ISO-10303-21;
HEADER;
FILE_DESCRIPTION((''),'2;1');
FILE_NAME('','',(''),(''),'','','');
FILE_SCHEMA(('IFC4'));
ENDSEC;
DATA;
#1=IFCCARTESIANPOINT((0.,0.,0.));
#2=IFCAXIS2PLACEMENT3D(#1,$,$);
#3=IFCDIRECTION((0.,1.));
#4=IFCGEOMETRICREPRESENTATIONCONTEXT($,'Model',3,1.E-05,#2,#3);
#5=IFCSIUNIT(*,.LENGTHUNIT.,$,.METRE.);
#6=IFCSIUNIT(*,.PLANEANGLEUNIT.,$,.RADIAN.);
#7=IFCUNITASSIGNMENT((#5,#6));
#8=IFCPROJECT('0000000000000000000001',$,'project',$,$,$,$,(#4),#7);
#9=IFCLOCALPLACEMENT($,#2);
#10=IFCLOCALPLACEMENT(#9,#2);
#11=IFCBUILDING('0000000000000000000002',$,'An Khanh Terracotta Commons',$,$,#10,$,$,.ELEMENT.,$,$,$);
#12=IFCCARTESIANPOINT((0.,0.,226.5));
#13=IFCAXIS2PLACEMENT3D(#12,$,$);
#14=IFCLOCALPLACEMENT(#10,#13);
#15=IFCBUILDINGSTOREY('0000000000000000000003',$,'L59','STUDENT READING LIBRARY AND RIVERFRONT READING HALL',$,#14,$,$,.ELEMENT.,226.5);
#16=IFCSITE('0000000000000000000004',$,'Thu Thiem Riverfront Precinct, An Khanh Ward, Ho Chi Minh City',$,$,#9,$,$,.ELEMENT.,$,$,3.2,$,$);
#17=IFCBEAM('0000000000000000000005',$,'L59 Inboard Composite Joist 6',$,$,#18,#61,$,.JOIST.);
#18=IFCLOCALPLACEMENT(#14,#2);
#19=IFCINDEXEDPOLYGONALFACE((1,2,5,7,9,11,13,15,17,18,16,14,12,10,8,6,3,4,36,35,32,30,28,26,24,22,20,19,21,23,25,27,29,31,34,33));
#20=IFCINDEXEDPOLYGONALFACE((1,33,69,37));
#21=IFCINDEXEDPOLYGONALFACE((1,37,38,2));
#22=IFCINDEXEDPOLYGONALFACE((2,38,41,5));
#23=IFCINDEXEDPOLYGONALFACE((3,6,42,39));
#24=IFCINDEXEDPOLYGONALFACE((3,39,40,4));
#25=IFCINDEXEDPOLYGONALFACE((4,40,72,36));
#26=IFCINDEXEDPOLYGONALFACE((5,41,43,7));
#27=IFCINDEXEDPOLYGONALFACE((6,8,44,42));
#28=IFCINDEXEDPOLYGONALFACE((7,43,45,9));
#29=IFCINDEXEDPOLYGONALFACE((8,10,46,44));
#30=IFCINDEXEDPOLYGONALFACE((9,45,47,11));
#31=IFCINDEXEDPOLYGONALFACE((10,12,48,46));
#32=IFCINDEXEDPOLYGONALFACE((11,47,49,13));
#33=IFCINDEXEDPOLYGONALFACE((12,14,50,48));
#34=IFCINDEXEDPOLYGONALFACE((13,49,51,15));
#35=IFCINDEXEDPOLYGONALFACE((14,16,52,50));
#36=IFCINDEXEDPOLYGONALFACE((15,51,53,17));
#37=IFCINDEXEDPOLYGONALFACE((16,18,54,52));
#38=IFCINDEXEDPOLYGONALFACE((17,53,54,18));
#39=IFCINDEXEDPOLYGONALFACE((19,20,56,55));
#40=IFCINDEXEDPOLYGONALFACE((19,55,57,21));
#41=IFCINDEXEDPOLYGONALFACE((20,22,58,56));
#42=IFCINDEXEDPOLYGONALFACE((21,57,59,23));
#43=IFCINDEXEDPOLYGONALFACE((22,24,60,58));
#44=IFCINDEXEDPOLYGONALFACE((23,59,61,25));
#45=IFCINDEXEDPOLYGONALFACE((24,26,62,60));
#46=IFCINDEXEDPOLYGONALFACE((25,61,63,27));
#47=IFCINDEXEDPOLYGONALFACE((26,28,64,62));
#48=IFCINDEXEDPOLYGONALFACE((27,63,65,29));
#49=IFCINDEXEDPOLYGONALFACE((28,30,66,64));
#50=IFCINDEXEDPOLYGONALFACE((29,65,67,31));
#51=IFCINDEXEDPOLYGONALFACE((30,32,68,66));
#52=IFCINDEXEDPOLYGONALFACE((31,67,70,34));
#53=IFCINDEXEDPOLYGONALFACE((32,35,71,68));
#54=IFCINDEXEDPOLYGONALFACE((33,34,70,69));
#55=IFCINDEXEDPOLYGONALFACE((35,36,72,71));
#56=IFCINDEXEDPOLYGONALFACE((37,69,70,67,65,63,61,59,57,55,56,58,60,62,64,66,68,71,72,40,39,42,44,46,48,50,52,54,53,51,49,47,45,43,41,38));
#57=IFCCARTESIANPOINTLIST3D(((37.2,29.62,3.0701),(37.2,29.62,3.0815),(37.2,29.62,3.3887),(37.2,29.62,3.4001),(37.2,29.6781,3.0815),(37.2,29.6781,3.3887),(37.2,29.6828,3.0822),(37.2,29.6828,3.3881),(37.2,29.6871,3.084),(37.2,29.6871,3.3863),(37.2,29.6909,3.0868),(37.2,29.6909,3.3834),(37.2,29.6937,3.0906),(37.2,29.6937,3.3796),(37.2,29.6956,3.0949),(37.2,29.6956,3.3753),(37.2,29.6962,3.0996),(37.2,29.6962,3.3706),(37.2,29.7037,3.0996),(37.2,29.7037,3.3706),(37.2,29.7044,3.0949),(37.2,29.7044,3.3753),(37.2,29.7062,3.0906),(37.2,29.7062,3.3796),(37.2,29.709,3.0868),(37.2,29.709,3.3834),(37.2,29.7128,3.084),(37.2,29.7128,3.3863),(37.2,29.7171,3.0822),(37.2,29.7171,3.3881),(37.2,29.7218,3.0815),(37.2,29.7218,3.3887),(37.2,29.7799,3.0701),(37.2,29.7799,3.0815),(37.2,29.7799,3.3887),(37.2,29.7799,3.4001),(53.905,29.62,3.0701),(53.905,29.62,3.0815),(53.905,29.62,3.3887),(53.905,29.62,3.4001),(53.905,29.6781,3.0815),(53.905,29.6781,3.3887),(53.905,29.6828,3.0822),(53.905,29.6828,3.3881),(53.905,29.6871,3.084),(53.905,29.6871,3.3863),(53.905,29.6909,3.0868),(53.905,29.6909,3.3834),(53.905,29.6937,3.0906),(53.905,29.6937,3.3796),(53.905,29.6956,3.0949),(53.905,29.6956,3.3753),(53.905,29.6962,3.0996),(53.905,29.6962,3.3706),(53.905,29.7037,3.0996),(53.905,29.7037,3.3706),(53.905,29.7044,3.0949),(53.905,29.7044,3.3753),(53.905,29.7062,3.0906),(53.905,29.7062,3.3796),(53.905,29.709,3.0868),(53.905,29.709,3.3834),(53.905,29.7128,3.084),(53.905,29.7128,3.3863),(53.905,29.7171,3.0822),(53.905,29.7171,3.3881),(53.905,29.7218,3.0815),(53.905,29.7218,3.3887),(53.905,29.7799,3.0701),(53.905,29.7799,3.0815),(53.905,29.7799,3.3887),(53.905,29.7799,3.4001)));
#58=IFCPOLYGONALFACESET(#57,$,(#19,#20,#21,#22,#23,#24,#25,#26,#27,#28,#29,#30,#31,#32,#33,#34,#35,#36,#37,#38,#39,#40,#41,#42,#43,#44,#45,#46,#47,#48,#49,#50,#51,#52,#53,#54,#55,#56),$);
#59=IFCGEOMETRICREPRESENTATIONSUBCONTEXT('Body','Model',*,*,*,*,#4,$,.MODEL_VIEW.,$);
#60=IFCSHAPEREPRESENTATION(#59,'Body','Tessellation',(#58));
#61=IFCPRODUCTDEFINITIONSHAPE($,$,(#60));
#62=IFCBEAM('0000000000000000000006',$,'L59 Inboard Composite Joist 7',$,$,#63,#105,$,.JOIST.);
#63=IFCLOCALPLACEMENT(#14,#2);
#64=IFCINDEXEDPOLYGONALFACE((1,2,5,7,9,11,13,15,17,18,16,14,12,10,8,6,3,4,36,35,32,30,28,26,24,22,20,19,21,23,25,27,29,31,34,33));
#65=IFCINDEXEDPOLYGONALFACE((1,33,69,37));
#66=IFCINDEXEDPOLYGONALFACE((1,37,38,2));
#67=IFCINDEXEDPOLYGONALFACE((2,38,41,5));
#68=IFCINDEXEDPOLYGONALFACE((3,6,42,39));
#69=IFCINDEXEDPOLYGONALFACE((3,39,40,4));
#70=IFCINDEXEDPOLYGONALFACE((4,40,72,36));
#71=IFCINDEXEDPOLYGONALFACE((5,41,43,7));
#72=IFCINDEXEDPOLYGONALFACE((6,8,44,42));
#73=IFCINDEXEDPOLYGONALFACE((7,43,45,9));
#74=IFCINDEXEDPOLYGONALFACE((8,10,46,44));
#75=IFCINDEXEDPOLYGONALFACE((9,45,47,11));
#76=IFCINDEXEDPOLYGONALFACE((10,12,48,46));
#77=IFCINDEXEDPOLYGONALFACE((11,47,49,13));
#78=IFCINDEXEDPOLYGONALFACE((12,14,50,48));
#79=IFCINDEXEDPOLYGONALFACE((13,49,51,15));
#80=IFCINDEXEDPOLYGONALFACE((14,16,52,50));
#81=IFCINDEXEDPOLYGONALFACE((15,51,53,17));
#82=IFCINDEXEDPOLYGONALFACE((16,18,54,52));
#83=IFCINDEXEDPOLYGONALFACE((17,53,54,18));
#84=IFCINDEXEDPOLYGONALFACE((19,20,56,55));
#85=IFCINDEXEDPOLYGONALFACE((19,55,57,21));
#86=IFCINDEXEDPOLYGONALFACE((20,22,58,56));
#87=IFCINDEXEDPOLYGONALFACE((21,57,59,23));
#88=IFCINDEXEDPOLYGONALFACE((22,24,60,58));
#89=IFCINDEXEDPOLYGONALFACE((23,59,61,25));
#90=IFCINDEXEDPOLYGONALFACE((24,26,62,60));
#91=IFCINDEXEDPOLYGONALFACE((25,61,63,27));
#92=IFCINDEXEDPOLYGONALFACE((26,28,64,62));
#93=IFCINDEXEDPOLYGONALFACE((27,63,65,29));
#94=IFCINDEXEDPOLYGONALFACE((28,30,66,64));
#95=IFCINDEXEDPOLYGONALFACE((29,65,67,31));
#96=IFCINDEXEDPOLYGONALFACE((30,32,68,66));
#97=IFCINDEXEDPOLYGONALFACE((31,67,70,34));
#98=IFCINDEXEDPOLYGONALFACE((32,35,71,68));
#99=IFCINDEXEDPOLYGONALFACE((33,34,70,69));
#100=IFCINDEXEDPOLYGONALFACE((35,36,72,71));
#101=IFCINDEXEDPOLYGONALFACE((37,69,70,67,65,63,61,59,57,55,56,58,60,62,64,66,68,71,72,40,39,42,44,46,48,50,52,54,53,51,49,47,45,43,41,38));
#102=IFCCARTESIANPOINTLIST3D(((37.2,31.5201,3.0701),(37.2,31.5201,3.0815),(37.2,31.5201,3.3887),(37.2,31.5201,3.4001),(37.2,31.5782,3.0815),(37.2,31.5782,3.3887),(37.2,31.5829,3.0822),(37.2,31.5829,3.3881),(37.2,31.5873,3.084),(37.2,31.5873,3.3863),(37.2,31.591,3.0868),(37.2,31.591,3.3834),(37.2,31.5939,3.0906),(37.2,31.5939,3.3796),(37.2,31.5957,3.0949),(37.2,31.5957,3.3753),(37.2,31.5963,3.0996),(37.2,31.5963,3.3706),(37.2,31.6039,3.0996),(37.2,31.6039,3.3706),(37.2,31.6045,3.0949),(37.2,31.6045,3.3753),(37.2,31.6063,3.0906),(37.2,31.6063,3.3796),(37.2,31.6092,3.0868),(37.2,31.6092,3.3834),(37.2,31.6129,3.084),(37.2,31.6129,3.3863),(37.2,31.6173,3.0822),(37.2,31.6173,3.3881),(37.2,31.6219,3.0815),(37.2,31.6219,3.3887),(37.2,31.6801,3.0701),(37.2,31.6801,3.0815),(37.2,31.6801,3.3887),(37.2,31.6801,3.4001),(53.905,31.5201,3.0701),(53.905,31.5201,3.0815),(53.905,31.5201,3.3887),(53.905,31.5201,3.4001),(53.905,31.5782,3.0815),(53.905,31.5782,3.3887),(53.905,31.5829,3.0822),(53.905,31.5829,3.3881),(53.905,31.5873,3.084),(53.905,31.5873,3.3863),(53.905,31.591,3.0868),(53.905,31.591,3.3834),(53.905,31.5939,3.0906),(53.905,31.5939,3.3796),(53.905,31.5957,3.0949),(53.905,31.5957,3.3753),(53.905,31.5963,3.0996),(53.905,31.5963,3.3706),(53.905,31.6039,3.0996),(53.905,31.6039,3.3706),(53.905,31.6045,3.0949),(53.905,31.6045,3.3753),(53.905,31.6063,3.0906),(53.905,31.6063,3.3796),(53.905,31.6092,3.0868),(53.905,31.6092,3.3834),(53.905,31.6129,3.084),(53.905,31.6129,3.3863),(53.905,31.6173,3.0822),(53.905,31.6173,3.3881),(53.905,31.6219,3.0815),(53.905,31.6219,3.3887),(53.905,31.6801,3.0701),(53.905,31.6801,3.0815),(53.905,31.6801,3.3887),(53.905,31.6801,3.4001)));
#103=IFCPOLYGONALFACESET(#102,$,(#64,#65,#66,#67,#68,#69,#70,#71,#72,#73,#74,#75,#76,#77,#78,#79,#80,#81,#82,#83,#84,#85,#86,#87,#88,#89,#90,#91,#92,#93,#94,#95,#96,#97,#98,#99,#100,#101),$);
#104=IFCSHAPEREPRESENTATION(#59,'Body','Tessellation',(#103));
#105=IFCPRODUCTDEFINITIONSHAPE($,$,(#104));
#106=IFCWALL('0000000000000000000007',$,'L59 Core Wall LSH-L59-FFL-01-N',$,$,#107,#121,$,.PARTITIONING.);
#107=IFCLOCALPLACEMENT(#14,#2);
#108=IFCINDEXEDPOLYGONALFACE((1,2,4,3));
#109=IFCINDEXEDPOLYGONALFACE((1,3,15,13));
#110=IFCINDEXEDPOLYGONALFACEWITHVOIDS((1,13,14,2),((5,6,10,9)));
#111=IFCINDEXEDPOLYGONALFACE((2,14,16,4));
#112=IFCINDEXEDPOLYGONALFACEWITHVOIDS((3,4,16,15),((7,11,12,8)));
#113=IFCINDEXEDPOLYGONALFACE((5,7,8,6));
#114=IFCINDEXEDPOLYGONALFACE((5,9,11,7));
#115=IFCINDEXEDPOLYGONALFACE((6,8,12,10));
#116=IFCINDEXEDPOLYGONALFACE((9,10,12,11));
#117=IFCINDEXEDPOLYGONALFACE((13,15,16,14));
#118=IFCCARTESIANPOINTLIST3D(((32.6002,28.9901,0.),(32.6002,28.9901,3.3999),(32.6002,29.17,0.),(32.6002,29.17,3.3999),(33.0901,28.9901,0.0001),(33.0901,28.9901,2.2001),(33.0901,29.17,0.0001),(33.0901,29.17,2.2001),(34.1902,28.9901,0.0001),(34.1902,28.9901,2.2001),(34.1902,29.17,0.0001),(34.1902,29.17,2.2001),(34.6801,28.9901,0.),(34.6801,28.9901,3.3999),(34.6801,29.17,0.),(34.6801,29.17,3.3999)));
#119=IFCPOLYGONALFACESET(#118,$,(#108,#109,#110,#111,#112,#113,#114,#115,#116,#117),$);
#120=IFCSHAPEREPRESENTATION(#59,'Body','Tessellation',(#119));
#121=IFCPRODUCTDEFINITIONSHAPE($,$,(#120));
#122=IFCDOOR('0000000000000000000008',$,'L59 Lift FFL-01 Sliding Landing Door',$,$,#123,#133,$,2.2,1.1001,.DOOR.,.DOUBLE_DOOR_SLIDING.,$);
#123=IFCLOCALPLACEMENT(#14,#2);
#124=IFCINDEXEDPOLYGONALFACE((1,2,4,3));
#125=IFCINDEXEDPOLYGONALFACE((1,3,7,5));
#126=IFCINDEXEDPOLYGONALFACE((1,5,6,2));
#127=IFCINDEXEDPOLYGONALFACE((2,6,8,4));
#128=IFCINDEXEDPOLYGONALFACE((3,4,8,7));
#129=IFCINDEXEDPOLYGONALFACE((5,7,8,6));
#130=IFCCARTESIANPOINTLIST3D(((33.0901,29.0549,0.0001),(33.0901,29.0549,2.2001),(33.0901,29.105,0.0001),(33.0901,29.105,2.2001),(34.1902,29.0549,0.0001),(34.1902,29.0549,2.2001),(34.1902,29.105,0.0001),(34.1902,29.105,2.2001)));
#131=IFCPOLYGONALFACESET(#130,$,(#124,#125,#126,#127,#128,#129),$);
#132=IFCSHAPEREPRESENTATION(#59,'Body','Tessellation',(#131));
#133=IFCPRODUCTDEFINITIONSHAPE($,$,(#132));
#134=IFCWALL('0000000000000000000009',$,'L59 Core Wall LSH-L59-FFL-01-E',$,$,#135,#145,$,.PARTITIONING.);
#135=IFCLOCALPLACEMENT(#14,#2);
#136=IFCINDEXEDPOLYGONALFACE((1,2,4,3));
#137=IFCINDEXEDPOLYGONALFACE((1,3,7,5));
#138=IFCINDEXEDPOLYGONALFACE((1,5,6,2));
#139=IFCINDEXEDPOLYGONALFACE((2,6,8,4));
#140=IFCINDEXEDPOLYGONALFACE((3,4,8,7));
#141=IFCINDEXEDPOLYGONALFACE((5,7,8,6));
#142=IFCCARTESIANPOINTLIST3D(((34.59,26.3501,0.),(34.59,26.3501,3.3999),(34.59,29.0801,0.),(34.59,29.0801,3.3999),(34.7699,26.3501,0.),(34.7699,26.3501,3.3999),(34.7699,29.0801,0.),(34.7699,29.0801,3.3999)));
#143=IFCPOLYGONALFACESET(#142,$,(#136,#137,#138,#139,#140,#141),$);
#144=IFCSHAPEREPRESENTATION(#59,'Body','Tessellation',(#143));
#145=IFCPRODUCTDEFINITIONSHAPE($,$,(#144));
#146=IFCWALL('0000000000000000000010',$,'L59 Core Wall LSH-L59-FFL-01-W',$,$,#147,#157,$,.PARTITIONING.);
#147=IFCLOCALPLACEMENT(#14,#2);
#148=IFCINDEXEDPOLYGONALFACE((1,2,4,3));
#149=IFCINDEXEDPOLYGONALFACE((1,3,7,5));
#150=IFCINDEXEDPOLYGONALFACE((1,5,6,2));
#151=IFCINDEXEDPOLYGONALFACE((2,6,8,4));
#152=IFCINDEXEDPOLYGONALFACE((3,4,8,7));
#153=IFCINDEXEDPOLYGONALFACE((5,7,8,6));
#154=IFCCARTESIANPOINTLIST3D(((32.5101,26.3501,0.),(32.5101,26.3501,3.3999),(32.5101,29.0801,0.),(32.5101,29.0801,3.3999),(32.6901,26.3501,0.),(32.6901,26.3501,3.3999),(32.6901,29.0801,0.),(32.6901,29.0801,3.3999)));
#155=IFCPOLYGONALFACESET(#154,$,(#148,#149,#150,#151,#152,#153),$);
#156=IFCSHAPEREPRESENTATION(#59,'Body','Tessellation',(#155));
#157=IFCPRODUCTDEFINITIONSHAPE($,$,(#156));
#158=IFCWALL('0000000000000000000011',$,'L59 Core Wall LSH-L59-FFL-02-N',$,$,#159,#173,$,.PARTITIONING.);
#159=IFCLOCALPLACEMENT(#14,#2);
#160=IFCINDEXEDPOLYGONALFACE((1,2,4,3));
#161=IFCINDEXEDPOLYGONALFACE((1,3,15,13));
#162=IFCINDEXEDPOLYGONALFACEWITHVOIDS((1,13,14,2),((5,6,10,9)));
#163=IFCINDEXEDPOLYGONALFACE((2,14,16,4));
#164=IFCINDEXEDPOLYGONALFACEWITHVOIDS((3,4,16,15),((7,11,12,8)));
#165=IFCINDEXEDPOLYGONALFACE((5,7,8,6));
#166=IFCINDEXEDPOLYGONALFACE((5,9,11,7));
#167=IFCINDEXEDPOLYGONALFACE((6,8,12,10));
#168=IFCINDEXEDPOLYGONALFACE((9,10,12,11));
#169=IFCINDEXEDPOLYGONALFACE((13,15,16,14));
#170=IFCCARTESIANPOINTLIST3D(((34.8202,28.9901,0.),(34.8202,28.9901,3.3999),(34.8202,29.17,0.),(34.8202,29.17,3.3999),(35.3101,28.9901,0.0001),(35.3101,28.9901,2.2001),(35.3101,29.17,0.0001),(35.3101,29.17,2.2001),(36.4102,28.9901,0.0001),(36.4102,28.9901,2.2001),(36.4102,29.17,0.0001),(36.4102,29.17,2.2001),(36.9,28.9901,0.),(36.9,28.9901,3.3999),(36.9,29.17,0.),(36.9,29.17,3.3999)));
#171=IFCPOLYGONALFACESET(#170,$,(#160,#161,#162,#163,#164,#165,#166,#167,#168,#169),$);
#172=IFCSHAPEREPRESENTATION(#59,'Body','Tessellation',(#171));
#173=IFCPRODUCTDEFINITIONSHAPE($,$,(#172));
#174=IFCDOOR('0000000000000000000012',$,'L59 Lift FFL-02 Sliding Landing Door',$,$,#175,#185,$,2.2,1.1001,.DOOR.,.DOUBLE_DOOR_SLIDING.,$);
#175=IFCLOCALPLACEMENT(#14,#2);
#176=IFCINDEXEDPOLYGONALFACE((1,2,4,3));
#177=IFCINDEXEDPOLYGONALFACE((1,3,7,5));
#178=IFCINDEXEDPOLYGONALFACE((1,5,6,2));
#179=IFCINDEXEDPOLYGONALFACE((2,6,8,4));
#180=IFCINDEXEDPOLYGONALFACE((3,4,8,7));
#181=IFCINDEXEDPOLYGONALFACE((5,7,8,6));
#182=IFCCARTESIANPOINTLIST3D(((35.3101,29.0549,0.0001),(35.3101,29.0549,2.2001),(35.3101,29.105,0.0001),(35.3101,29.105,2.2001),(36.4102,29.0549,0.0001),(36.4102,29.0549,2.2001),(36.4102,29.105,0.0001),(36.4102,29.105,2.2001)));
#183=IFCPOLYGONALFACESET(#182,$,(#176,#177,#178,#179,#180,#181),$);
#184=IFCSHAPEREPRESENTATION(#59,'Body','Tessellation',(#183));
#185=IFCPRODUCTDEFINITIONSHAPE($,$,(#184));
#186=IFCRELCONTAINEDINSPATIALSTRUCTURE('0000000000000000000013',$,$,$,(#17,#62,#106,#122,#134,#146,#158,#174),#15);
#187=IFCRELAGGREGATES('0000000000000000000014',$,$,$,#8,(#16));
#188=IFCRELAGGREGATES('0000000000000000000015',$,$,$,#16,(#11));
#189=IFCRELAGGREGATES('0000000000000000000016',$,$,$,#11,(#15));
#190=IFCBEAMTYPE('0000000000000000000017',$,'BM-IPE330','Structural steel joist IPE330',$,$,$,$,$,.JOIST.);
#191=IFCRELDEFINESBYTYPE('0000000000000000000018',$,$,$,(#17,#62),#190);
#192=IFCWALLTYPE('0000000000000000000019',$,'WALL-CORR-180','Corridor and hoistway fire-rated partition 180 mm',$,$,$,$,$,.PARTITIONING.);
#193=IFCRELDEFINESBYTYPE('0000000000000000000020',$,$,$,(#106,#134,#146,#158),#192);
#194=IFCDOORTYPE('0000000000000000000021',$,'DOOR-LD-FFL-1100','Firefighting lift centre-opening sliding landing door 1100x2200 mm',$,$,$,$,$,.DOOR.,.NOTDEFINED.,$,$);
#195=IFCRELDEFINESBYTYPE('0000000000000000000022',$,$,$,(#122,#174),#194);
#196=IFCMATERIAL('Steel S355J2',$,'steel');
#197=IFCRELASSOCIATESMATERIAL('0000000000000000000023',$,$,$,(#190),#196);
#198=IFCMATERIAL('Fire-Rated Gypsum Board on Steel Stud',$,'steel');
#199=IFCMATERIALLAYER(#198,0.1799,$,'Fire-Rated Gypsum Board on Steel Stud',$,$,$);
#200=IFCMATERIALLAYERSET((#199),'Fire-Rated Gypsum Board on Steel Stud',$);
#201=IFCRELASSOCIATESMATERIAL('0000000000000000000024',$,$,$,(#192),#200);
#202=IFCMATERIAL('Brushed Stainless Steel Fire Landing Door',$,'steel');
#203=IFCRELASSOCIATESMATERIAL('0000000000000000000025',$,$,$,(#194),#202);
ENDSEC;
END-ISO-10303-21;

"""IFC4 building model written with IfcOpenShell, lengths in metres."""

from ifc_helpers import new_model, si_unit, direction, frame, frame_2d, origin, origin_2d, place, context, subcontext, project, spatial, rectangle, i_section, extrude, material, layer, layer_set, material_profile, profile_set, type_object, element, fill, save


model = new_model("IFC4")

# Units and contexts
model_context = context("Model", 3, precision=1e-05, world=origin(), true_north=direction((0.0, 1.0)))
body_context = subcontext(model_context, "Body", "Model", "MODEL_VIEW")
ifc_project = project(units=[si_unit("LENGTHUNIT", "METRE"), si_unit("PLANEANGLEUNIT", "RADIAN")], contexts=[model_context])

# Site, building, storey
site_placement = place(None, origin())
site = spatial("IfcSite", under=ifc_project, at=site_placement, Name="Thu Thiem Riverfront Precinct, An Khanh Ward, Ho Chi Minh City", CompositionType="ELEMENT", RefElevation=3.2)
building_placement = place(site_placement, origin())
building = spatial("IfcBuilding", under=site, at=building_placement, Name="An Khanh Terracotta Commons", CompositionType="ELEMENT")
storey_placement = place(building_placement, frame((0.0, 0.0, 226.5)))
storey = spatial("IfcBuildingStorey", under=building, at=storey_placement, Name="L59", Description="STUDENT READING LIBRARY AND RIVERFRONT READING HALL", CompositionType="ELEMENT", Elevation=226.5)

# Beams
ifc_material_1 = material(Name="Steel S355J2", Category="steel")
ifc_material_profile_1 = material_profile(ifc_material_1, i_section(OverallWidth=0.1599, OverallDepth=0.3301, WebThickness=0.0076, FlangeThickness=0.0115, FilletRadius=0.0181, at=origin_2d()), Name="IPE330")
ifc_profile_set_1 = profile_set([ifc_material_profile_1], Name="Steel S355J2")
beam_type_1 = type_object("IfcBeamType", Name="BM-IPE330", Description="Structural steel joist IPE330", PredefinedType="JOIST", material=ifc_profile_set_1)
for number, where, z_axis, x_axis, name in (
    (1, (37.2, 29.7, 3.2351), (1.0, 0.0, 0.0), (0.0, 1.0, 0.0), "L59 Inboard Composite Joist 6"),
    (2, (37.2, 31.6001, 3.2351), (1.0, 0.0, 0.0), (0.0, 1.0, 0.0), "L59 Inboard Composite Joist 7"),
):
    element("IfcBeam", number, at=place(storey_placement, frame(where, z_axis=z_axis, x_axis=x_axis)), inside=storey, type_object=beam_type_1, Name=name, PredefinedType="JOIST", context=body_context, shape_type="SweptSolid", body=[
        extrude(i_section(OverallWidth=0.1599, OverallDepth=0.3301, WebThickness=0.0076, FlangeThickness=0.0115, FilletRadius=0.0181, at=origin_2d()), origin(), (0.0, 0.0, 1.0), 16.7051),
    ])

# Wall, opening, door
ifc_material_2 = material(Name="Fire-Rated Gypsum Board on Steel Stud", Category="steel")
ifc_layer_1 = layer(ifc_material_2, 0.1799, Name="Fire-Rated Gypsum Board on Steel Stud")
ifc_layer_set_1 = layer_set([ifc_layer_1], Name="Fire-Rated Gypsum Board on Steel Stud")
wall_type_1 = type_object("IfcWallType", Name="WALL-CORR-180", Description="Corridor and hoistway fire-rated partition 180 mm", PredefinedType="PARTITIONING", material=ifc_layer_set_1)
wall_1_placement = place(storey_placement, frame((32.6001, 29.0801, 0.0), z_axis=(0.0, 0.0, 1.0), x_axis=(1.0, 0.0, 0.0)))
wall_1 = element("IfcWall", 3, at=wall_1_placement, inside=storey, type_object=wall_type_1, Name="L59 Core Wall LSH-L59-FFL-01-N", PredefinedType="PARTITIONING", context=body_context, shape_type="SweptSolid", body=[
    extrude(rectangle(XDim=2.0798, YDim=0.1799, at=frame_2d((1.04, 0.0))), origin(), (0.0, 0.0, 1.0), 3.3999),
])
opening_1_placement = place(wall_1_placement, frame((0.49, 0.0, 0.0)))
opening_1 = element("IfcOpeningElement", 4, at=opening_1_placement, cuts=wall_1, PredefinedType="OPENING", context=body_context, shape_type="SweptSolid", body=[
    extrude(rectangle(XDim=1.1001, YDim=2.2, at=frame_2d((0.55, 1.1001))), frame((0.0, 0.0999, 0.0), z_axis=(0.0, -1.0, 0.0), x_axis=(1.0, 0.0, 0.0)), (0.0, 0.0, 1.0), 0.2),
])
ifc_material_3 = material(Name="Brushed Stainless Steel Fire Landing Door", Category="steel")
door_type_1 = type_object("IfcDoorType", Name="DOOR-LD-FFL-1100", Description="Firefighting lift centre-opening sliding landing door 1100x2200 mm", OperationType="NOTDEFINED", PredefinedType="DOOR", material=ifc_material_3)
door_1_placement = place(opening_1_placement, origin())
door_1 = element("IfcDoor", 5, at=door_1_placement, inside=storey, type_object=door_type_1, Name="L59 Lift FFL-01 Sliding Landing Door", OperationType="DOUBLE_DOOR_SLIDING", OverallHeight=2.2, OverallWidth=1.1001, PredefinedType="DOOR", context=body_context, shape_type="SweptSolid", body=[
    extrude(rectangle(XDim=1.1001, YDim=2.2, at=frame_2d((0.55, 1.1001))), frame((0.0, 0.0249, 0.0), z_axis=(0.0, -1.0, 0.0), x_axis=(1.0, 0.0, 0.0)), (0.0, 0.0, 1.0), 0.05),
])
fill(opening_1, door_1)

# Walls
for number, where, z_axis, x_axis, name in (
    (6, (34.6799, 26.3501, 0.0), (0.0, 0.0, 1.0), (0.0, 1.0, 0.0), "L59 Core Wall LSH-L59-FFL-01-E"),
    (7, (32.6001, 29.0801, 0.0), (0.0, 0.0, 1.0), (0.0, -1.0, 0.0), "L59 Core Wall LSH-L59-FFL-01-W"),
):
    element("IfcWall", number, at=place(storey_placement, frame(where, z_axis=z_axis, x_axis=x_axis)), inside=storey, type_object=wall_type_1, Name=name, PredefinedType="PARTITIONING", context=body_context, shape_type="SweptSolid", body=[
        extrude(rectangle(XDim=2.73, YDim=0.1799, at=frame_2d((1.365, 0.0))), origin(), (0.0, 0.0, 1.0), 3.3999),
    ])

# Wall, opening, door
wall_2_placement = place(storey_placement, frame((34.8201, 29.0801, 0.0), z_axis=(0.0, 0.0, 1.0), x_axis=(1.0, 0.0, 0.0)))
wall_2 = element("IfcWall", 8, at=wall_2_placement, inside=storey, type_object=wall_type_1, Name="L59 Core Wall LSH-L59-FFL-02-N", PredefinedType="PARTITIONING", context=body_context, shape_type="SweptSolid", body=[
    extrude(rectangle(XDim=2.0798, YDim=0.1799, at=frame_2d((1.04, 0.0))), origin(), (0.0, 0.0, 1.0), 3.3999),
])
opening_2_placement = place(wall_2_placement, frame((0.49, 0.0, 0.0)))
opening_2 = element("IfcOpeningElement", 9, at=opening_2_placement, cuts=wall_2, PredefinedType="OPENING", context=body_context, shape_type="SweptSolid", body=[
    extrude(rectangle(XDim=1.1001, YDim=2.2, at=frame_2d((0.55, 1.1001))), frame((0.0, 0.0999, 0.0), z_axis=(0.0, -1.0, 0.0), x_axis=(1.0, 0.0, 0.0)), (0.0, 0.0, 1.0), 0.2),
])
door_2_placement = place(opening_2_placement, origin())
door_2 = element("IfcDoor", 10, at=door_2_placement, inside=storey, type_object=door_type_1, Name="L59 Lift FFL-02 Sliding Landing Door", OperationType="DOUBLE_DOOR_SLIDING", OverallHeight=2.2, OverallWidth=1.1001, PredefinedType="DOOR", context=body_context, shape_type="SweptSolid", body=[
    extrude(rectangle(XDim=1.1001, YDim=2.2, at=frame_2d((0.55, 1.1001))), frame((0.0, 0.0249, 0.0), z_axis=(0.0, -1.0, 0.0), x_axis=(1.0, 0.0, 0.0)), (0.0, 0.0, 1.0), 0.05),
])
fill(opening_2, door_2)

save(model, "model.ifc")
